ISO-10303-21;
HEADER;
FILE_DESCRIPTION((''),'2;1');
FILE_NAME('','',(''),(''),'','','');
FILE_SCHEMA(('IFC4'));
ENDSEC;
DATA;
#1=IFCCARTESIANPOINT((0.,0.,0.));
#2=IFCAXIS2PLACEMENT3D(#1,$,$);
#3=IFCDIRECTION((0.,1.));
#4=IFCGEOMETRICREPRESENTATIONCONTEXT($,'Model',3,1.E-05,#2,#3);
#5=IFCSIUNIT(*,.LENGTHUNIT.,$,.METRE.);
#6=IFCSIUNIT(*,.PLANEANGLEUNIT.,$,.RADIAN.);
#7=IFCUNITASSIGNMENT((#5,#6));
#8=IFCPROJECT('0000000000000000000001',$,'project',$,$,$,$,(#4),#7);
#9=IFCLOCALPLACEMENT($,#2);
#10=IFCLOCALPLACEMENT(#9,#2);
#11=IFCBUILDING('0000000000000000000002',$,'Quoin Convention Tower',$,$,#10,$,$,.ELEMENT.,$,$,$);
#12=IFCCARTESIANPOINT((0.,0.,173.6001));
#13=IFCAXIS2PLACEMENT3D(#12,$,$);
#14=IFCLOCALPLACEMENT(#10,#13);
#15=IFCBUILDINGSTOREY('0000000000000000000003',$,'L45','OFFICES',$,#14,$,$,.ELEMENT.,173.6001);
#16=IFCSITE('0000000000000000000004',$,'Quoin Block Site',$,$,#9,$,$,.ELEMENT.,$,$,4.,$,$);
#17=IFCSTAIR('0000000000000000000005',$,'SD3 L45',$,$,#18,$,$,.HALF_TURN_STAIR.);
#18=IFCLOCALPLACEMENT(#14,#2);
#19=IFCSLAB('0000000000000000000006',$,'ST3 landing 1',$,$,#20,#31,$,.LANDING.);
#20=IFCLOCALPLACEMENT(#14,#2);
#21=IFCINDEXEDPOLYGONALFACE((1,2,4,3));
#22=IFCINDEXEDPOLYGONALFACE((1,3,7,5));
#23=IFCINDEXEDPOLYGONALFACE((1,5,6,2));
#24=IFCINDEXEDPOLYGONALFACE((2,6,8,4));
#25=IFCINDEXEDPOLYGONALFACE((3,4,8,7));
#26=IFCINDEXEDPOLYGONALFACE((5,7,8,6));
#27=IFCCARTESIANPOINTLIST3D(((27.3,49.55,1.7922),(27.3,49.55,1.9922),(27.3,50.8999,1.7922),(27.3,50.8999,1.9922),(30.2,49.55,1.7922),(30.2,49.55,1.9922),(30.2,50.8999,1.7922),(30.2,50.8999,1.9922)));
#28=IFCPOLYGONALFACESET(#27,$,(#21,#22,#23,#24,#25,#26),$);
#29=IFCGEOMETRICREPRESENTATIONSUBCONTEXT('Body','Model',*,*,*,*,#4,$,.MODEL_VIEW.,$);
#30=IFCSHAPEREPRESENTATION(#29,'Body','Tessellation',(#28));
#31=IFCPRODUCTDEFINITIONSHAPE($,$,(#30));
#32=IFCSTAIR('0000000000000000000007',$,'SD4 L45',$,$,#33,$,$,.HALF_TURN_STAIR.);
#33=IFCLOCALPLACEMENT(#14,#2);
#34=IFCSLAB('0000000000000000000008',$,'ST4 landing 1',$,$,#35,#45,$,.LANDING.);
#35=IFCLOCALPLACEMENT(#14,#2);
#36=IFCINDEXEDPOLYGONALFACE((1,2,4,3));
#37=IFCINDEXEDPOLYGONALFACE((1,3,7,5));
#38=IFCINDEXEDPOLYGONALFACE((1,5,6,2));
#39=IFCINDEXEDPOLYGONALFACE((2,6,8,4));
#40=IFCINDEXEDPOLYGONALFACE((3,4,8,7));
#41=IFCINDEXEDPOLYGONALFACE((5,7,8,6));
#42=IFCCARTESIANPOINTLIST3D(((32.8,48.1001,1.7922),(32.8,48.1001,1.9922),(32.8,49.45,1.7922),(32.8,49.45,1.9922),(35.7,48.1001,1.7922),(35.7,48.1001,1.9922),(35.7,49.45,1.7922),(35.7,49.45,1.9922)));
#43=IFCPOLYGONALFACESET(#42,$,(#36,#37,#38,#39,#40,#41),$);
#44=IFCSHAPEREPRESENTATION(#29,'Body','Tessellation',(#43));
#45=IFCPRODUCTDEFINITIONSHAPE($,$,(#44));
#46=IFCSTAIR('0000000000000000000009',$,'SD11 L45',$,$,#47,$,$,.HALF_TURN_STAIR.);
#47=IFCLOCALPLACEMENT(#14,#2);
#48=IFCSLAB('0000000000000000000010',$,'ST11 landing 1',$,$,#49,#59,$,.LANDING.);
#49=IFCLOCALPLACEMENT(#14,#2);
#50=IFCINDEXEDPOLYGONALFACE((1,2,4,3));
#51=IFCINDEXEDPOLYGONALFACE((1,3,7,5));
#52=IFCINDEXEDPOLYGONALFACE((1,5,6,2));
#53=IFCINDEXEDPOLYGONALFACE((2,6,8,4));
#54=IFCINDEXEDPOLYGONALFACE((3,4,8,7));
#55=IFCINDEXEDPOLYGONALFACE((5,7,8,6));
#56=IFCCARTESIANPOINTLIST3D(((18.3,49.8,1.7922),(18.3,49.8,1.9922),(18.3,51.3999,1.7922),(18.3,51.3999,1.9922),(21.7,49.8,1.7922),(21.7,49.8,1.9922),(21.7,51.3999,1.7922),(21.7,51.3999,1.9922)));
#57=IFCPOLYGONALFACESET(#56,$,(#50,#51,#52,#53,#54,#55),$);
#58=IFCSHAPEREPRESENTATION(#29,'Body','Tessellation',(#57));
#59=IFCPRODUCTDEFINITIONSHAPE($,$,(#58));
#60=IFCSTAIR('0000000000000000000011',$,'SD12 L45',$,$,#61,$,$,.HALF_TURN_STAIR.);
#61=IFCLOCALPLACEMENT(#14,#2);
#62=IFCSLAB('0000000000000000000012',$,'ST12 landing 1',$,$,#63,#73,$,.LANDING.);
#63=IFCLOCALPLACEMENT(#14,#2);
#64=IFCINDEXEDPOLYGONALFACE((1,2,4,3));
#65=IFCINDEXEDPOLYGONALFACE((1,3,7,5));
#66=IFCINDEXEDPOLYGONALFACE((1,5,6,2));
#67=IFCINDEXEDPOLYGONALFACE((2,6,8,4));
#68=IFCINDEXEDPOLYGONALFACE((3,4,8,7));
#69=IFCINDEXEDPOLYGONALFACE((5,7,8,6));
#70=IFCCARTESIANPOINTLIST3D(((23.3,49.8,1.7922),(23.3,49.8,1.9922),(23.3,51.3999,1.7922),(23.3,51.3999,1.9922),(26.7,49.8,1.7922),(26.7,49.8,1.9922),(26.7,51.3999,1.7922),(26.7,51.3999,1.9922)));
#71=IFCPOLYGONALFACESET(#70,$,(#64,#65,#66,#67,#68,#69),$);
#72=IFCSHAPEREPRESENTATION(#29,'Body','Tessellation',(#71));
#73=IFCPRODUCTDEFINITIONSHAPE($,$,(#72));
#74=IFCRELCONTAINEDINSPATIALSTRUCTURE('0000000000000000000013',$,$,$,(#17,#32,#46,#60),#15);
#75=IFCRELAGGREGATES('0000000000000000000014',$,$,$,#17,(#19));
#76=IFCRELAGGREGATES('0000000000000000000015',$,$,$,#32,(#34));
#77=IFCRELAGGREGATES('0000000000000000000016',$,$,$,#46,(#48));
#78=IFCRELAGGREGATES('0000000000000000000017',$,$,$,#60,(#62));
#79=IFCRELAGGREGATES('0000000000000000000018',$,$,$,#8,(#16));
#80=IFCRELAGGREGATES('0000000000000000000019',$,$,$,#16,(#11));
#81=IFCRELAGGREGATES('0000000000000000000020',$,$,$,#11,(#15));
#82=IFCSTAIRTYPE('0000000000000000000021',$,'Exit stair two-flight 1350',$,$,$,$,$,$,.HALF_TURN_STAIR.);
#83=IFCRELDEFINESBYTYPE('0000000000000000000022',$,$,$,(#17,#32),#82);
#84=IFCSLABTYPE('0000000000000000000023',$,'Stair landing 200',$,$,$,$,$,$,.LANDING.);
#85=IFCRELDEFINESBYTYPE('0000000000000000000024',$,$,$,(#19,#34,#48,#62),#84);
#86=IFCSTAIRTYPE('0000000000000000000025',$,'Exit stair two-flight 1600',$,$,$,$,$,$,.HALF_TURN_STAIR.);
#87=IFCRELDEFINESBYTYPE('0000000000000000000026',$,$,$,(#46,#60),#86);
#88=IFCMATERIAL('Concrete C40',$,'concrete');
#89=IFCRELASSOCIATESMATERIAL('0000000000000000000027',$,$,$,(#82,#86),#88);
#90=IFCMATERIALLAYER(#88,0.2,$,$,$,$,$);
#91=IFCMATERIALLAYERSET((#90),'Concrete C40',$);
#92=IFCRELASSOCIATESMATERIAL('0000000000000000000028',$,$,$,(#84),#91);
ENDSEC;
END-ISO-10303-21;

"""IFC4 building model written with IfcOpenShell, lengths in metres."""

from ifc_helpers import new_model, si_unit, direction, frame, origin, place, context, subcontext, project, spatial, polyline, outline, extrude, material, layer, layer_set, type_object, element, aggregate, save


model = new_model("IFC4")

# Units and contexts
model_context = context("Model", 3, precision=1e-05, world=origin(), true_north=direction((0.0, 1.0)))
body_context = subcontext(model_context, "Body", "Model", "MODEL_VIEW")
ifc_project = project(units=[si_unit("LENGTHUNIT", "METRE"), si_unit("PLANEANGLEUNIT", "RADIAN")], contexts=[model_context])

# Site, building, storey
site_placement = place(None, origin())
site = spatial("IfcSite", under=ifc_project, at=site_placement, Name="Quoin Block Site", CompositionType="ELEMENT", RefElevation=4.0)
building_placement = place(site_placement, origin())
building = spatial("IfcBuilding", under=site, at=building_placement, Name="Quoin Convention Tower", CompositionType="ELEMENT")
storey_placement = place(building_placement, frame((0.0, 0.0, 173.6001)))
storey = spatial("IfcBuildingStorey", under=building, at=storey_placement, Name="L45", Description="OFFICES", CompositionType="ELEMENT", Elevation=173.6001)

# Shared definitions
ifc_material_1 = material(Name="Concrete C40", Category="concrete")

# Stairs, slabs
stair_type_1 = type_object("IfcStairType", Name="Exit stair two-flight 1350", PredefinedType="HALF_TURN_STAIR", material=ifc_material_1)
ifc_layer_1 = layer(ifc_material_1, 0.2)
ifc_layer_set_1 = layer_set([ifc_layer_1], Name="Concrete C40")
slab_type_1 = type_object("IfcSlabType", Name="Stair landing 200", PredefinedType="LANDING", material=ifc_layer_set_1)
stair_1_placement = place(storey_placement, origin())
stair_1 = element("IfcStair", 1, at=stair_1_placement, inside=storey, type_object=stair_type_1, Name="SD3 L45", PredefinedType="HALF_TURN_STAIR")
slab_1_placement = place(storey_placement, frame((0.0, 0.0, 1.7922)))
slab_1 = element("IfcSlab", 2, at=slab_1_placement, type_object=slab_type_1, Name="ST3 landing 1", PredefinedType="LANDING", context=body_context, shape_type="SweptSolid", body=[
    extrude(outline(polyline([(27.3, 49.55), (30.2, 49.55), (30.2, 50.8999), (27.3, 50.8999), (27.3, 49.55)])), origin(), (0.0, 0.0, 1.0), 0.2),
])
aggregate(stair_1, [slab_1])
stair_2_placement = place(storey_placement, origin())
stair_2 = element("IfcStair", 3, at=stair_2_placement, inside=storey, type_object=stair_type_1, Name="SD4 L45", PredefinedType="HALF_TURN_STAIR")
slab_2_placement = place(storey_placement, frame((0.0, 0.0, 1.7922)))
slab_2 = element("IfcSlab", 4, at=slab_2_placement, type_object=slab_type_1, Name="ST4 landing 1", PredefinedType="LANDING", context=body_context, shape_type="SweptSolid", body=[
    extrude(outline(polyline([(35.7, 49.45), (32.8, 49.45), (32.8, 48.1001), (35.7, 48.1001), (35.7, 49.45)])), origin(), (0.0, 0.0, 1.0), 0.2),
])
aggregate(stair_2, [slab_2])
stair_type_2 = type_object("IfcStairType", Name="Exit stair two-flight 1600", PredefinedType="HALF_TURN_STAIR", material=ifc_material_1)
stair_3_placement = place(storey_placement, origin())
stair_3 = element("IfcStair", 5, at=stair_3_placement, inside=storey, type_object=stair_type_2, Name="SD11 L45", PredefinedType="HALF_TURN_STAIR")
slab_3_placement = place(storey_placement, frame((0.0, 0.0, 1.7922)))
slab_3 = element("IfcSlab", 6, at=slab_3_placement, type_object=slab_type_1, Name="ST11 landing 1", PredefinedType="LANDING", context=body_context, shape_type="SweptSolid", body=[
    extrude(outline(polyline([(21.7, 51.3999), (18.3, 51.3999), (18.3, 49.8), (21.7, 49.8), (21.7, 51.3999)])), origin(), (0.0, 0.0, 1.0), 0.2),
])
aggregate(stair_3, [slab_3])
stair_4_placement = place(storey_placement, origin())
stair_4 = element("IfcStair", 7, at=stair_4_placement, inside=storey, type_object=stair_type_2, Name="SD12 L45", PredefinedType="HALF_TURN_STAIR")
slab_4_placement = place(storey_placement, frame((0.0, 0.0, 1.7922)))
slab_4 = element("IfcSlab", 8, at=slab_4_placement, type_object=slab_type_1, Name="ST12 landing 1", PredefinedType="LANDING", context=body_context, shape_type="SweptSolid", body=[
    extrude(outline(polyline([(26.7, 51.3999), (23.3, 51.3999), (23.3, 49.8), (26.7, 49.8), (26.7, 51.3999)])), origin(), (0.0, 0.0, 1.0), 0.2),
])
aggregate(stair_4, [slab_4])

save(model, "model.ifc")
